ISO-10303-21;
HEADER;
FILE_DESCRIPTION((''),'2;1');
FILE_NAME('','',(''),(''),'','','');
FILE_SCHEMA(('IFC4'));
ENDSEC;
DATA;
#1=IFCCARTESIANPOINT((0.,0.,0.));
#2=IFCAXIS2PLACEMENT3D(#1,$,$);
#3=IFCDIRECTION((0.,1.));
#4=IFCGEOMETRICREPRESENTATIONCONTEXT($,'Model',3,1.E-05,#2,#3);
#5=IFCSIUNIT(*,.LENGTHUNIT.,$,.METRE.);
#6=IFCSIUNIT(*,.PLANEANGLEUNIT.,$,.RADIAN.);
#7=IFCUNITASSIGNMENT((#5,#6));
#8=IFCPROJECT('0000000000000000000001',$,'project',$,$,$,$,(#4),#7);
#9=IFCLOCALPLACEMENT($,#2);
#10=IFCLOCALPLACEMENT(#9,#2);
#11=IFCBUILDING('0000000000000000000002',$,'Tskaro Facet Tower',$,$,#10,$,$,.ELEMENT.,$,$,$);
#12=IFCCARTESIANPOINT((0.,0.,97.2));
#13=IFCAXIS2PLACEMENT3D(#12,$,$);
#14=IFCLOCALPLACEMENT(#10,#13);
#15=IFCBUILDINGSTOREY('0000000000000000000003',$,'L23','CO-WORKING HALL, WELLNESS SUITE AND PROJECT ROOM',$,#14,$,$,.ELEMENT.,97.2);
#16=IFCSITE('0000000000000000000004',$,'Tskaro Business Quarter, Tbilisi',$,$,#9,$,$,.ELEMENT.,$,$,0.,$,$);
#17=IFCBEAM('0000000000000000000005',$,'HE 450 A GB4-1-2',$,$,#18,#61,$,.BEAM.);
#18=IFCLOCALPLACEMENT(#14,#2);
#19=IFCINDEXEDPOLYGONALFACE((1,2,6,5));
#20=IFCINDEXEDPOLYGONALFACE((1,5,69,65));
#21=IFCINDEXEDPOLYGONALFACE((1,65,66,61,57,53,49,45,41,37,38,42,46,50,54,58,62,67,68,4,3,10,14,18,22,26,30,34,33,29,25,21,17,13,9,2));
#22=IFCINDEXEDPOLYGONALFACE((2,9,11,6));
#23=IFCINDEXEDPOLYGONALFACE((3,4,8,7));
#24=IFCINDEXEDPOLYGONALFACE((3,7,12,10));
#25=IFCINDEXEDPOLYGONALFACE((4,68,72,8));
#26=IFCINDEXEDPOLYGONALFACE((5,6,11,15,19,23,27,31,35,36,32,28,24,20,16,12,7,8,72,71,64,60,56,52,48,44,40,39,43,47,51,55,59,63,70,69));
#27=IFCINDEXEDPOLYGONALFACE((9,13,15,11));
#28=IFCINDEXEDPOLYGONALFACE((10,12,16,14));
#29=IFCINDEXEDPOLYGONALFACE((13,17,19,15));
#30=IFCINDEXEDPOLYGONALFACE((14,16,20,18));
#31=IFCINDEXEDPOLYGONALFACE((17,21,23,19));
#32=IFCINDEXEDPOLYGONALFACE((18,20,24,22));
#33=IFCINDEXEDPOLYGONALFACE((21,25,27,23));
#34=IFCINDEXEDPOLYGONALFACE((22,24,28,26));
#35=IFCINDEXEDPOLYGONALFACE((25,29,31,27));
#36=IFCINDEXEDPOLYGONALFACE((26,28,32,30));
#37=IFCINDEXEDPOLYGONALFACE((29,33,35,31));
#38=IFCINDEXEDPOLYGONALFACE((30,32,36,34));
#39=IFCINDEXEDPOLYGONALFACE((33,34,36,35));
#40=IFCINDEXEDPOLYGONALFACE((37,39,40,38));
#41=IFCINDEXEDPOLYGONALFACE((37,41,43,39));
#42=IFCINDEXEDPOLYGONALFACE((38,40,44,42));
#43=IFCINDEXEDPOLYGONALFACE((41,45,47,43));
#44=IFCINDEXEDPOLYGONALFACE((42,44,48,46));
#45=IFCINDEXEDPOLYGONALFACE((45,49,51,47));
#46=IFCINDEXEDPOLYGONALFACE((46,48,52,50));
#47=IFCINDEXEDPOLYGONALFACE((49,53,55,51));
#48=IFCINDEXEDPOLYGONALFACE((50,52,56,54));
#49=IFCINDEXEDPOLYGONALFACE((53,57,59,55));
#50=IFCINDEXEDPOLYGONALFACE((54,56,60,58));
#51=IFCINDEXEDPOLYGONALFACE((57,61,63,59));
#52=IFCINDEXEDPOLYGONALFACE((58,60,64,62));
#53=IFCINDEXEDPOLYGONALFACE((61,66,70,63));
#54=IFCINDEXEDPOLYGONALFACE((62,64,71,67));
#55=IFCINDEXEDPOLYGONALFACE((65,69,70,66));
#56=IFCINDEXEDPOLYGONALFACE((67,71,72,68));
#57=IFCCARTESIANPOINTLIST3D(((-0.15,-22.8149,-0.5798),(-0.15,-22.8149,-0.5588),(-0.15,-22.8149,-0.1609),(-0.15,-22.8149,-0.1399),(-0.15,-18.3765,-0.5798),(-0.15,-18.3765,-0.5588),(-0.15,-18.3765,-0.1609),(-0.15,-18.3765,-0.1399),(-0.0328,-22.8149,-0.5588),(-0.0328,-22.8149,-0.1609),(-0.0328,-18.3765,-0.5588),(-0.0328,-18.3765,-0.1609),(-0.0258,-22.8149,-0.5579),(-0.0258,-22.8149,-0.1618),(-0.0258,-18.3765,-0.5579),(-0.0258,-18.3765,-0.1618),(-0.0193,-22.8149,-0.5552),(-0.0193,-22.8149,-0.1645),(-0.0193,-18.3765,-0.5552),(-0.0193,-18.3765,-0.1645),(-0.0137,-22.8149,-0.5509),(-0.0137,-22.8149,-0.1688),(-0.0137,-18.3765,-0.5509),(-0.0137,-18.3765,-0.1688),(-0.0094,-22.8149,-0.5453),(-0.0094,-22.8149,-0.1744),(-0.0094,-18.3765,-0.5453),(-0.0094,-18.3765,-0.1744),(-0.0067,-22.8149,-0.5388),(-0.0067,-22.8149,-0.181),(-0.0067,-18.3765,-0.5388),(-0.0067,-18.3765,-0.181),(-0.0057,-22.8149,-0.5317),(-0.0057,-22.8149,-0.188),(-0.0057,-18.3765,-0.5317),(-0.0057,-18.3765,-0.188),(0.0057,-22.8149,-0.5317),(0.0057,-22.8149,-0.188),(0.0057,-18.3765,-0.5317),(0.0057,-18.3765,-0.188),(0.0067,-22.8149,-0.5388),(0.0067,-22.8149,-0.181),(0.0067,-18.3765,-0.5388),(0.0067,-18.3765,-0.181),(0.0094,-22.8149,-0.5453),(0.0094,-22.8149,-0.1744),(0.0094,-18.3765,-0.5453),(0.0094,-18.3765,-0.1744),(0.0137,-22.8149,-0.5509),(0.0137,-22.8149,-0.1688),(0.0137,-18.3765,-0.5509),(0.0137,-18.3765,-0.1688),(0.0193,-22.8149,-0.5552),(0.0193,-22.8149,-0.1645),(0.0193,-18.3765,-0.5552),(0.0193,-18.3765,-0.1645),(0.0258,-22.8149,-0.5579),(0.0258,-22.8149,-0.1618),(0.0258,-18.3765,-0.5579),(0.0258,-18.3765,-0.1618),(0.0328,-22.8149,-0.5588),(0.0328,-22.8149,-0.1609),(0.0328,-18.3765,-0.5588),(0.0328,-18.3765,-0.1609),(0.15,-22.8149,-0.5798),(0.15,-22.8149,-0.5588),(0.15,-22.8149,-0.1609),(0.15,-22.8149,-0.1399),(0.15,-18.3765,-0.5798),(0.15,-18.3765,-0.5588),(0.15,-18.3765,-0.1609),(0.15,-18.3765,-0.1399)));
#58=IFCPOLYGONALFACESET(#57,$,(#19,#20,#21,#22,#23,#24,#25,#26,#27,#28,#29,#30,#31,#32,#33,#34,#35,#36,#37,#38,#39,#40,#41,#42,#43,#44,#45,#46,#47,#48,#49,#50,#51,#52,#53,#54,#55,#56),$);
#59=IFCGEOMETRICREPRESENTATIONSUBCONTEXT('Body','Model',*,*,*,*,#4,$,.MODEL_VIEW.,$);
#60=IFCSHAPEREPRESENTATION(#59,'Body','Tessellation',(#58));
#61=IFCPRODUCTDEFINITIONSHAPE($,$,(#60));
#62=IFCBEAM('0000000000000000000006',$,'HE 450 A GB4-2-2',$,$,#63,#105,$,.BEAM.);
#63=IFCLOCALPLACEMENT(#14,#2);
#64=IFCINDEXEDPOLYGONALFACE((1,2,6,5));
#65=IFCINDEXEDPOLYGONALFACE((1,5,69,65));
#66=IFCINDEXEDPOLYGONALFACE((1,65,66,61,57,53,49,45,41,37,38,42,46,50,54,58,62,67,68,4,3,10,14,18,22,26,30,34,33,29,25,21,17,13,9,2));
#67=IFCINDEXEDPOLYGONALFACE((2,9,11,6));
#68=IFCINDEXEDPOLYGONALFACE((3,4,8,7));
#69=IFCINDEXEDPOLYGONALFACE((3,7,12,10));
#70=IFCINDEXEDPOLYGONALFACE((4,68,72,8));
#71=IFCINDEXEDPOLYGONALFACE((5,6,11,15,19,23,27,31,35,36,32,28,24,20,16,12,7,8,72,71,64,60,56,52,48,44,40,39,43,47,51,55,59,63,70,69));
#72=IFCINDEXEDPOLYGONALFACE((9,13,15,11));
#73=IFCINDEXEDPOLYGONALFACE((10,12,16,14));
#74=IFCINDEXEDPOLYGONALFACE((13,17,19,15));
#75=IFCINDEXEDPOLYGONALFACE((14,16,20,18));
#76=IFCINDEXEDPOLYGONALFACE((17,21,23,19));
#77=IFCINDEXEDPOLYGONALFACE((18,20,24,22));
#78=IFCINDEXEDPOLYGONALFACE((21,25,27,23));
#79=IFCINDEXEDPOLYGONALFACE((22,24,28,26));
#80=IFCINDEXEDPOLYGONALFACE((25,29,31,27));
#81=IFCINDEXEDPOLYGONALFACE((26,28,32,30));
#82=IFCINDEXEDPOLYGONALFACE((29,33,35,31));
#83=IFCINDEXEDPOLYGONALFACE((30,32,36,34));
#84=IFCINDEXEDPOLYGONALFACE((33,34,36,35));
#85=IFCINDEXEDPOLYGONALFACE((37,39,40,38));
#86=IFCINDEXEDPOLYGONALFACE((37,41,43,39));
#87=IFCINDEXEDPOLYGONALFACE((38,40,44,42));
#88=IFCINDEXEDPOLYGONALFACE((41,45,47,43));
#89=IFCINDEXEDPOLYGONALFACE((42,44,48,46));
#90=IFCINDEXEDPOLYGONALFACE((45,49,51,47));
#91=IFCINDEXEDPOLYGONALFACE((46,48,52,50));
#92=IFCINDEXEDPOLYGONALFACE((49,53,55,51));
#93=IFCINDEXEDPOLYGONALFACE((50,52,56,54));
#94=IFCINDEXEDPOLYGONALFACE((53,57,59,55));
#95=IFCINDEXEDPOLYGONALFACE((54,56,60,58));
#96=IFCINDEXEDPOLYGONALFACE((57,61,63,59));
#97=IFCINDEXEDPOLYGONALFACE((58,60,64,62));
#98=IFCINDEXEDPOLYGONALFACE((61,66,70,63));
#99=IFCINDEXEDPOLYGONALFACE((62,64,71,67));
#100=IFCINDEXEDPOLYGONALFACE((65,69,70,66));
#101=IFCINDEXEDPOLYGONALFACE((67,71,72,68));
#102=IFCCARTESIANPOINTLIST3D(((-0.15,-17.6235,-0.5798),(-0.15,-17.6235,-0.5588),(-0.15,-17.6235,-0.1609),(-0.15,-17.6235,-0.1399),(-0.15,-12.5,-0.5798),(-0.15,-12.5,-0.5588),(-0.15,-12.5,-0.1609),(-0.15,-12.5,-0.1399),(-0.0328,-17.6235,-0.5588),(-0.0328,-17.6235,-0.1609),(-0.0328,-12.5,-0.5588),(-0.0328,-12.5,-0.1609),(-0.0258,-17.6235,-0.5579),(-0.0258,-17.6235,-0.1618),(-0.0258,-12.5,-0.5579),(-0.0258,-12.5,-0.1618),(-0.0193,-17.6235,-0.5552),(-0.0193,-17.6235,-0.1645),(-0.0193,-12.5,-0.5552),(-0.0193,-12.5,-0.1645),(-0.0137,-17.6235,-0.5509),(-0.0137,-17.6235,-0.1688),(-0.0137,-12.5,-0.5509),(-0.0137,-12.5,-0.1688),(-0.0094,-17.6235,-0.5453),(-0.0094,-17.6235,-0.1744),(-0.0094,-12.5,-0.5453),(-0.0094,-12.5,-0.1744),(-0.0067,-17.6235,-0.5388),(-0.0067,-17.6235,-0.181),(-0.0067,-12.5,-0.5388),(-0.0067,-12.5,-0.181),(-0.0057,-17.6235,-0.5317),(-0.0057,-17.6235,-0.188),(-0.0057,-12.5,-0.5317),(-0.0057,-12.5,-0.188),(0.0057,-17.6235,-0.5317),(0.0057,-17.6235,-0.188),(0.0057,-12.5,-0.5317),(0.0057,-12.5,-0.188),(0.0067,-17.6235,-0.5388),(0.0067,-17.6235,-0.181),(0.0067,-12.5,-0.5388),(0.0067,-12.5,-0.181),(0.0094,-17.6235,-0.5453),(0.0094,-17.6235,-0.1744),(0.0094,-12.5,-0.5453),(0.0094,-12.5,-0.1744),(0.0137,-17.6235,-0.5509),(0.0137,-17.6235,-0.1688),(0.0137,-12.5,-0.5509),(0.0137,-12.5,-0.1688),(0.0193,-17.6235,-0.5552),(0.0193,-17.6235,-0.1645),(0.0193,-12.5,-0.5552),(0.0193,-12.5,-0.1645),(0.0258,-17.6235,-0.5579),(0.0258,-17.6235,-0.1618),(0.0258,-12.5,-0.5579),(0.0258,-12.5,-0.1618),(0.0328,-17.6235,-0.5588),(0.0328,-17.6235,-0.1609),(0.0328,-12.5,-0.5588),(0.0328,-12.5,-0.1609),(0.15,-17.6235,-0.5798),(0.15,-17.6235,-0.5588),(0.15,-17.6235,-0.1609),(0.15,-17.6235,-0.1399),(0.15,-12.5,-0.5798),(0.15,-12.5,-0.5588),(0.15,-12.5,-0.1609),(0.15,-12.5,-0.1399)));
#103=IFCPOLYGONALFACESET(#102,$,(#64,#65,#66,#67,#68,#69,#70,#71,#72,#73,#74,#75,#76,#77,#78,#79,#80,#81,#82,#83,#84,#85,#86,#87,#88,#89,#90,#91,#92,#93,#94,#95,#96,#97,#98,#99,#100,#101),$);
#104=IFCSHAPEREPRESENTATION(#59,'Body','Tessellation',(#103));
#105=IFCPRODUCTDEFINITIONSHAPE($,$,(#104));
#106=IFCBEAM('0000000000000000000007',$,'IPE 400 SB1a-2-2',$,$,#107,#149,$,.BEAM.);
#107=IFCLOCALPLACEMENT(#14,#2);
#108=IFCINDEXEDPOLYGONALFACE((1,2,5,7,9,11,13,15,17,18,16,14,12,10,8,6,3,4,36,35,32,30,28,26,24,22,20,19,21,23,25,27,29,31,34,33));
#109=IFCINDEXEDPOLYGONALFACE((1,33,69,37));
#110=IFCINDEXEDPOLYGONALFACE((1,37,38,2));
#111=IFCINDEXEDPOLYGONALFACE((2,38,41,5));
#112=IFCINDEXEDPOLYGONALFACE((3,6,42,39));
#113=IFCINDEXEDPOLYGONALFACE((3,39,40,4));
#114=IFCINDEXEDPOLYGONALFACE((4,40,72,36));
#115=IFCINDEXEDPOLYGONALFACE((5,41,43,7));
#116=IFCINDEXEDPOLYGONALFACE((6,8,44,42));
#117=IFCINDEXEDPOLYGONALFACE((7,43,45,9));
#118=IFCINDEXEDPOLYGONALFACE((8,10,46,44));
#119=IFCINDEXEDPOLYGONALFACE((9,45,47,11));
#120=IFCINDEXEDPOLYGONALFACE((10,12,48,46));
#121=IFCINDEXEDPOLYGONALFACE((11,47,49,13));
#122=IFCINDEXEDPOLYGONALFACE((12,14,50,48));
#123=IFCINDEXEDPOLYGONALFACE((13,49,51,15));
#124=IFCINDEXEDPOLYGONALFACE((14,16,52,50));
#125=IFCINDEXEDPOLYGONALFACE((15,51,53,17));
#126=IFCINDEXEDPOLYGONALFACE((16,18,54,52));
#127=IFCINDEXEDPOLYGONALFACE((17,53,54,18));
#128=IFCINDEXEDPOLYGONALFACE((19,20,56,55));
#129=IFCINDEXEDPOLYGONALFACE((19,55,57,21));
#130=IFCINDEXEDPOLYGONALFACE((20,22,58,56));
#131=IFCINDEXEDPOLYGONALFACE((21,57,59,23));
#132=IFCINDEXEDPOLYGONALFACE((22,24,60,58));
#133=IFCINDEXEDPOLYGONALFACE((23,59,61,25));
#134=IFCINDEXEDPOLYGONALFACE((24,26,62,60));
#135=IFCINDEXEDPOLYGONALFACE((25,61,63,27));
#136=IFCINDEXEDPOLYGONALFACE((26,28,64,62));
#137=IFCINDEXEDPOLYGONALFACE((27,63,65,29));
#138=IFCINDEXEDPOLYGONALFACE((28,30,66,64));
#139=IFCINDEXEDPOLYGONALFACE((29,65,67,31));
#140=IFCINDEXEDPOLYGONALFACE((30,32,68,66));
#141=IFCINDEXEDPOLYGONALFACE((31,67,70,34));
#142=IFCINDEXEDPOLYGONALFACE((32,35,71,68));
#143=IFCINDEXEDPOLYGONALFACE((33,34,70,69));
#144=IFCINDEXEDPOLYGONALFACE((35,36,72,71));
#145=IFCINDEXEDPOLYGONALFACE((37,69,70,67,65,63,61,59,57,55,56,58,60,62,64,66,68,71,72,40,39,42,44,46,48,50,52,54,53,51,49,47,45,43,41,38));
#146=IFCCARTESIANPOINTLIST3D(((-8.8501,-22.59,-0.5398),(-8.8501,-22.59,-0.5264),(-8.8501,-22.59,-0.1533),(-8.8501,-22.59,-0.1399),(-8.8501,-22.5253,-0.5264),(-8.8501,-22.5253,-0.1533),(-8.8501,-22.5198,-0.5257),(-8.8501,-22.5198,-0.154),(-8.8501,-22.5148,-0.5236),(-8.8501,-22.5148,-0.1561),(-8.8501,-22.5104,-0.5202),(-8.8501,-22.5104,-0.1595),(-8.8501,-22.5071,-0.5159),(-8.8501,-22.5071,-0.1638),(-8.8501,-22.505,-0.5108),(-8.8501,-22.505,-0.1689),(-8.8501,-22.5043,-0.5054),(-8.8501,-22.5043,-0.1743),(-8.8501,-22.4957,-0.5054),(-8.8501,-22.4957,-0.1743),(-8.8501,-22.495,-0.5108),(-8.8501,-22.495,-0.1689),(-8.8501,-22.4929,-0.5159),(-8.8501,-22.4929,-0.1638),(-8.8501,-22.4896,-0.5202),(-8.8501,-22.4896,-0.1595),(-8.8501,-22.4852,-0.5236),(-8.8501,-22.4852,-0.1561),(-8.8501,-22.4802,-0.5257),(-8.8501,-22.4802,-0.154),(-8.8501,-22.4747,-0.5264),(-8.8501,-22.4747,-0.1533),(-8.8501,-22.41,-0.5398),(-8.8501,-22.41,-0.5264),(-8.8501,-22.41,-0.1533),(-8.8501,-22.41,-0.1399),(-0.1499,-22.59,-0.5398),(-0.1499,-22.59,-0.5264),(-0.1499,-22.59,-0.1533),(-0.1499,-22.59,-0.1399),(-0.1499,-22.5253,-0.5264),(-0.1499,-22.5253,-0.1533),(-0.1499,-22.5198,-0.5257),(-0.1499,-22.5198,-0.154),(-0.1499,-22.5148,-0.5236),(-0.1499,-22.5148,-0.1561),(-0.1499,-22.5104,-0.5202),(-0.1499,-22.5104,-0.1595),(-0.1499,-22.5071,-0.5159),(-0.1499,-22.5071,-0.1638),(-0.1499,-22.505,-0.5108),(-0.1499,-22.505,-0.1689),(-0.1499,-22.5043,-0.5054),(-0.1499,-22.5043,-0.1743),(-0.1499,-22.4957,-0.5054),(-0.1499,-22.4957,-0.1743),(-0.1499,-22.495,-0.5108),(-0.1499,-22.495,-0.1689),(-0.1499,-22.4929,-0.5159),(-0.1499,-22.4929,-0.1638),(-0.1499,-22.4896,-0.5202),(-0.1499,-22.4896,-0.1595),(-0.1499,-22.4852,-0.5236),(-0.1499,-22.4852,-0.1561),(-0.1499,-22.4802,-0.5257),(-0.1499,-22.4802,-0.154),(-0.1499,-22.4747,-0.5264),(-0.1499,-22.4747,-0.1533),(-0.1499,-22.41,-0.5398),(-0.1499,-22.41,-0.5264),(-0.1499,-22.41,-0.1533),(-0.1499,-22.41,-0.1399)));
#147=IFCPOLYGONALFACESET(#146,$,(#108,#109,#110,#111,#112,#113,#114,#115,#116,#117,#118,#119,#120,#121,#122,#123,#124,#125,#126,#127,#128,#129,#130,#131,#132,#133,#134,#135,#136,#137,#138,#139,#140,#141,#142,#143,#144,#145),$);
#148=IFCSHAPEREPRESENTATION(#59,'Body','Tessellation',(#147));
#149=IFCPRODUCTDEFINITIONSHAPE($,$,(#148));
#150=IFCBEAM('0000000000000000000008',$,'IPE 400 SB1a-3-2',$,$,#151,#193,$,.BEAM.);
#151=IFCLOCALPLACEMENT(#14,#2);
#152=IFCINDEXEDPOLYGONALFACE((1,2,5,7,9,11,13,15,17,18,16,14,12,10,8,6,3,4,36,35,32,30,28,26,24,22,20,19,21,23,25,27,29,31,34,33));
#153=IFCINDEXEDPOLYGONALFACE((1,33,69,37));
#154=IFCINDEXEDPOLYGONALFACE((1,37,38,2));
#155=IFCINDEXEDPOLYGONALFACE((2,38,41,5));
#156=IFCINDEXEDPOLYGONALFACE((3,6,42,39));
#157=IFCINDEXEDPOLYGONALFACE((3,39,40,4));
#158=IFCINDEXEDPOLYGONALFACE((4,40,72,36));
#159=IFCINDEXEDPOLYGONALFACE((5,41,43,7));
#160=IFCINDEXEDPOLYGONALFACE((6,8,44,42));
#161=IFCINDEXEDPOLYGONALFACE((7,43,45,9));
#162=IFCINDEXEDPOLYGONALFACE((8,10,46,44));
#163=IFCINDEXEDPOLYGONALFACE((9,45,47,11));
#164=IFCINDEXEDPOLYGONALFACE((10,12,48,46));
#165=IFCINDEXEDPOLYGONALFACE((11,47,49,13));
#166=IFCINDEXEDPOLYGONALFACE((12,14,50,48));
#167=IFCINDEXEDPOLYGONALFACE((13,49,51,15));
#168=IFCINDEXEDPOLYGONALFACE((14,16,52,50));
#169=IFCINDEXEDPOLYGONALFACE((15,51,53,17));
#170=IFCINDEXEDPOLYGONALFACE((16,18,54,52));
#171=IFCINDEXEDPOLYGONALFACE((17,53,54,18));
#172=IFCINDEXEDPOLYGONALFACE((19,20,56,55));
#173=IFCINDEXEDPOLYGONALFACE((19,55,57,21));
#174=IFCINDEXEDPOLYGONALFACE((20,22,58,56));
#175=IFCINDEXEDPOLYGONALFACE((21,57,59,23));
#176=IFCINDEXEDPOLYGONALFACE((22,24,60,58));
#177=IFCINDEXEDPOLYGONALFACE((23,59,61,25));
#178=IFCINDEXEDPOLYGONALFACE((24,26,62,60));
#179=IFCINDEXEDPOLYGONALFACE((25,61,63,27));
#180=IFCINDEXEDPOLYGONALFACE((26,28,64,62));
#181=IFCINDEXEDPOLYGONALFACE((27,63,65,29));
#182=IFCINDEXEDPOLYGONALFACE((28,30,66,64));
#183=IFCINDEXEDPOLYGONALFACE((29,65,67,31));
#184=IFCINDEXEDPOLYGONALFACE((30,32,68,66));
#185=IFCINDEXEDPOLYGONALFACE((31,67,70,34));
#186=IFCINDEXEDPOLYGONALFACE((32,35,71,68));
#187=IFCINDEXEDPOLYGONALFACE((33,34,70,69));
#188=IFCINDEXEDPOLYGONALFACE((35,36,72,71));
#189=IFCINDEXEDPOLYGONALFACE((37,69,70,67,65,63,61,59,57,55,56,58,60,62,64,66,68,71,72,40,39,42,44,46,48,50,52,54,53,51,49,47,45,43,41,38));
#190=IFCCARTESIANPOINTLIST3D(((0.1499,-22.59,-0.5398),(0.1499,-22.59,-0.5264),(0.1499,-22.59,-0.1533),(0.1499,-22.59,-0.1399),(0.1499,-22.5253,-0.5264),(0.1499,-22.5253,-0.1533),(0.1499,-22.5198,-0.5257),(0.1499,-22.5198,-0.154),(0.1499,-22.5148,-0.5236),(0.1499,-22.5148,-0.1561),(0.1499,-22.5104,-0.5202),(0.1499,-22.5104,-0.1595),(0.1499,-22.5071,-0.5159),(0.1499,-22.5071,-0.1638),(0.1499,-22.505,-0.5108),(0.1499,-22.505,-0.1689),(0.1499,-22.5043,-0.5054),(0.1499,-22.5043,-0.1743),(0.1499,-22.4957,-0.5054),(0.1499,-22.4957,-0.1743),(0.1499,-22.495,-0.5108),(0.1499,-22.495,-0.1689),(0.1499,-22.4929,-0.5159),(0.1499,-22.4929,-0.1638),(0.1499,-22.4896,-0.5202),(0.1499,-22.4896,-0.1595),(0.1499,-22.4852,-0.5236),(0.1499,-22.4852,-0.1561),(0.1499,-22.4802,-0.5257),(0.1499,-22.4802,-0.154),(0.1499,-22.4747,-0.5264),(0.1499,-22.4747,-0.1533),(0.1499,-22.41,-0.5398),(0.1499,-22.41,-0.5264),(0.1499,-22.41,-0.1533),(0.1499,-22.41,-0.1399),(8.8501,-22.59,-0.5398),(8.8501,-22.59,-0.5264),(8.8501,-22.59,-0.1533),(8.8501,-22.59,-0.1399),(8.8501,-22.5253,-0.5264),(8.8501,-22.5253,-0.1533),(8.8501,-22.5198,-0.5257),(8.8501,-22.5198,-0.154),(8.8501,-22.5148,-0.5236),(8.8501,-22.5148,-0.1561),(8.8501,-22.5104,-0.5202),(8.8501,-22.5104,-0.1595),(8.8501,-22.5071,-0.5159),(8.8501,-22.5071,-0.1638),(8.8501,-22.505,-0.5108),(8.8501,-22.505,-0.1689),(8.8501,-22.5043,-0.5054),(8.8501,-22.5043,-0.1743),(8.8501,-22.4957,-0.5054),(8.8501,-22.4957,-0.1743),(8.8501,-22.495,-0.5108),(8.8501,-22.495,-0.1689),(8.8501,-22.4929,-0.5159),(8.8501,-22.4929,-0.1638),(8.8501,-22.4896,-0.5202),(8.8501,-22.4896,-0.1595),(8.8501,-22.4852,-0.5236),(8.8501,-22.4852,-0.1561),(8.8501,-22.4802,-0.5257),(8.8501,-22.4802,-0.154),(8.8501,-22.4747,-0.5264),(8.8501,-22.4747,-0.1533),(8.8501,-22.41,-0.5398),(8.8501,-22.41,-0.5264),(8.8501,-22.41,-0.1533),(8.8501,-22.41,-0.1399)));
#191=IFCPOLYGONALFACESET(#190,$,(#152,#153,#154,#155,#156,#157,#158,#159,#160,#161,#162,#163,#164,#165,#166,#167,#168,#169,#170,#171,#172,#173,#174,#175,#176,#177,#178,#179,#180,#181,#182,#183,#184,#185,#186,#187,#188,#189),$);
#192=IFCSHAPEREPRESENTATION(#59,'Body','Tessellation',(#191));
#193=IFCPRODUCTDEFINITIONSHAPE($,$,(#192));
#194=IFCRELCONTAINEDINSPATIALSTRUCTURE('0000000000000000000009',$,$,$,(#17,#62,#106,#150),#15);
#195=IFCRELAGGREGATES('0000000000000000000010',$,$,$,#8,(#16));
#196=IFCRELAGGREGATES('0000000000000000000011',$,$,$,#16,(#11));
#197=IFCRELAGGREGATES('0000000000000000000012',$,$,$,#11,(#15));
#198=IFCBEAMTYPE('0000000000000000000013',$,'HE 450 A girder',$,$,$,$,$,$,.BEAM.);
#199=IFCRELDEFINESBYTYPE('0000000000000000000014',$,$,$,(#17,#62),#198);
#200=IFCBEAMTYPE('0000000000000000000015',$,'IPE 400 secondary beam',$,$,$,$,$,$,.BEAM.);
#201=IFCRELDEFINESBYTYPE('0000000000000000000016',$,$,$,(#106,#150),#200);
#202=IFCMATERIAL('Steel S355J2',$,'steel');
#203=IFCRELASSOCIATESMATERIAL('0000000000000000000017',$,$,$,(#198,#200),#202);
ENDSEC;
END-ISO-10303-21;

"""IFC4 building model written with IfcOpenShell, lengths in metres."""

from ifc_helpers import new_model, si_unit, direction, frame, origin, origin_2d, place, context, subcontext, project, spatial, i_section, extrude, material, material_profile, profile_set, type_object, element, save


model = new_model("IFC4")

# Units and contexts
model_context = context("Model", 3, precision=1e-05, world=origin(), true_north=direction((0.0, 1.0)))
body_context = subcontext(model_context, "Body", "Model", "MODEL_VIEW")
ifc_project = project(units=[si_unit("LENGTHUNIT", "METRE"), si_unit("PLANEANGLEUNIT", "RADIAN")], contexts=[model_context])

# Site, building, storey
site_placement = place(None, origin())
site = spatial("IfcSite", under=ifc_project, at=site_placement, Name="Tskaro Business Quarter, Tbilisi", CompositionType="ELEMENT", RefElevation=0.0)
building_placement = place(site_placement, origin())
building = spatial("IfcBuilding", under=site, at=building_placement, Name="Tskaro Facet Tower", CompositionType="ELEMENT")
storey_placement = place(building_placement, frame((0.0, 0.0, 97.2)))
storey = spatial("IfcBuildingStorey", under=building, at=storey_placement, Name="L23", Description="CO-WORKING HALL, WELLNESS SUITE AND PROJECT ROOM", CompositionType="ELEMENT", Elevation=97.2)

# Beams
ifc_material_1 = material(Name="Steel S355J2", Category="steel")
ifc_material_profile_1 = material_profile(ifc_material_1, i_section(OverallWidth=0.3, OverallDepth=0.4399, WebThickness=0.0115, FlangeThickness=0.021, FilletRadius=0.0271, at=origin_2d()), Name="HE 450 A")
ifc_profile_set_1 = profile_set([ifc_material_profile_1], Name="Steel S355J2")
beam_type_1 = type_object("IfcBeamType", Name="HE 450 A girder", PredefinedType="BEAM", material=ifc_profile_set_1)
beam_1_placement = place(storey_placement, frame((0.0, -22.8149, -0.3599), z_axis=(0.0, 1.0, 0.0), x_axis=(-1.0, 0.0, 0.0)))
element("IfcBeam", 1, at=beam_1_placement, inside=storey, type_object=beam_type_1, Name="HE 450 A GB4-1-2", PredefinedType="BEAM", context=body_context, shape_type="SweptSolid", body=[
    extrude(i_section(OverallWidth=0.3, OverallDepth=0.4399, WebThickness=0.0115, FlangeThickness=0.021, FilletRadius=0.0271, at=origin_2d()), origin(), (0.0, 0.0, 1.0), 4.4385),
])
beam_2_placement = place(storey_placement, frame((0.0, -17.6235, -0.3599), z_axis=(0.0, 1.0, 0.0), x_axis=(-1.0, 0.0, 0.0)))
element("IfcBeam", 2, at=beam_2_placement, inside=storey, type_object=beam_type_1, Name="HE 450 A GB4-2-2", PredefinedType="BEAM", context=body_context, shape_type="SweptSolid", body=[
    extrude(i_section(OverallWidth=0.3, OverallDepth=0.4399, WebThickness=0.0115, FlangeThickness=0.021, FilletRadius=0.0271, at=origin_2d()), origin(), (0.0, 0.0, 1.0), 5.1235),
])
ifc_material_profile_2 = material_profile(ifc_material_1, i_section(OverallWidth=0.1799, OverallDepth=0.3999, WebThickness=0.0085, FlangeThickness=0.0134, FilletRadius=0.021, at=origin_2d()), Name="IPE 400")
ifc_profile_set_2 = profile_set([ifc_material_profile_2], Name="Steel S355J2")
beam_type_2 = type_object("IfcBeamType", Name="IPE 400 secondary beam", PredefinedType="BEAM", material=ifc_profile_set_2)
for number, where, z_axis, x_axis, name in (
    (3, (-8.8501, -22.5, -0.3398), (1.0, 0.0, 0.0), (0.0, 1.0, 0.0), "IPE 400 SB1a-2-2"),
    (4, (0.1499, -22.5, -0.3398), (1.0, 0.0, 0.0), (0.0, 1.0, 0.0), "IPE 400 SB1a-3-2"),
):
    element("IfcBeam", number, at=place(storey_placement, frame(where, z_axis=z_axis, x_axis=x_axis)), inside=storey, type_object=beam_type_2, Name=name, PredefinedType="BEAM", context=body_context, shape_type="SweptSolid", body=[
        extrude(i_section(OverallWidth=0.1799, OverallDepth=0.3999, WebThickness=0.0085, FlangeThickness=0.0134, FilletRadius=0.021, at=origin_2d()), origin(), (0.0, 0.0, 1.0), 8.7002),
    ])

save(model, "model.ifc")
